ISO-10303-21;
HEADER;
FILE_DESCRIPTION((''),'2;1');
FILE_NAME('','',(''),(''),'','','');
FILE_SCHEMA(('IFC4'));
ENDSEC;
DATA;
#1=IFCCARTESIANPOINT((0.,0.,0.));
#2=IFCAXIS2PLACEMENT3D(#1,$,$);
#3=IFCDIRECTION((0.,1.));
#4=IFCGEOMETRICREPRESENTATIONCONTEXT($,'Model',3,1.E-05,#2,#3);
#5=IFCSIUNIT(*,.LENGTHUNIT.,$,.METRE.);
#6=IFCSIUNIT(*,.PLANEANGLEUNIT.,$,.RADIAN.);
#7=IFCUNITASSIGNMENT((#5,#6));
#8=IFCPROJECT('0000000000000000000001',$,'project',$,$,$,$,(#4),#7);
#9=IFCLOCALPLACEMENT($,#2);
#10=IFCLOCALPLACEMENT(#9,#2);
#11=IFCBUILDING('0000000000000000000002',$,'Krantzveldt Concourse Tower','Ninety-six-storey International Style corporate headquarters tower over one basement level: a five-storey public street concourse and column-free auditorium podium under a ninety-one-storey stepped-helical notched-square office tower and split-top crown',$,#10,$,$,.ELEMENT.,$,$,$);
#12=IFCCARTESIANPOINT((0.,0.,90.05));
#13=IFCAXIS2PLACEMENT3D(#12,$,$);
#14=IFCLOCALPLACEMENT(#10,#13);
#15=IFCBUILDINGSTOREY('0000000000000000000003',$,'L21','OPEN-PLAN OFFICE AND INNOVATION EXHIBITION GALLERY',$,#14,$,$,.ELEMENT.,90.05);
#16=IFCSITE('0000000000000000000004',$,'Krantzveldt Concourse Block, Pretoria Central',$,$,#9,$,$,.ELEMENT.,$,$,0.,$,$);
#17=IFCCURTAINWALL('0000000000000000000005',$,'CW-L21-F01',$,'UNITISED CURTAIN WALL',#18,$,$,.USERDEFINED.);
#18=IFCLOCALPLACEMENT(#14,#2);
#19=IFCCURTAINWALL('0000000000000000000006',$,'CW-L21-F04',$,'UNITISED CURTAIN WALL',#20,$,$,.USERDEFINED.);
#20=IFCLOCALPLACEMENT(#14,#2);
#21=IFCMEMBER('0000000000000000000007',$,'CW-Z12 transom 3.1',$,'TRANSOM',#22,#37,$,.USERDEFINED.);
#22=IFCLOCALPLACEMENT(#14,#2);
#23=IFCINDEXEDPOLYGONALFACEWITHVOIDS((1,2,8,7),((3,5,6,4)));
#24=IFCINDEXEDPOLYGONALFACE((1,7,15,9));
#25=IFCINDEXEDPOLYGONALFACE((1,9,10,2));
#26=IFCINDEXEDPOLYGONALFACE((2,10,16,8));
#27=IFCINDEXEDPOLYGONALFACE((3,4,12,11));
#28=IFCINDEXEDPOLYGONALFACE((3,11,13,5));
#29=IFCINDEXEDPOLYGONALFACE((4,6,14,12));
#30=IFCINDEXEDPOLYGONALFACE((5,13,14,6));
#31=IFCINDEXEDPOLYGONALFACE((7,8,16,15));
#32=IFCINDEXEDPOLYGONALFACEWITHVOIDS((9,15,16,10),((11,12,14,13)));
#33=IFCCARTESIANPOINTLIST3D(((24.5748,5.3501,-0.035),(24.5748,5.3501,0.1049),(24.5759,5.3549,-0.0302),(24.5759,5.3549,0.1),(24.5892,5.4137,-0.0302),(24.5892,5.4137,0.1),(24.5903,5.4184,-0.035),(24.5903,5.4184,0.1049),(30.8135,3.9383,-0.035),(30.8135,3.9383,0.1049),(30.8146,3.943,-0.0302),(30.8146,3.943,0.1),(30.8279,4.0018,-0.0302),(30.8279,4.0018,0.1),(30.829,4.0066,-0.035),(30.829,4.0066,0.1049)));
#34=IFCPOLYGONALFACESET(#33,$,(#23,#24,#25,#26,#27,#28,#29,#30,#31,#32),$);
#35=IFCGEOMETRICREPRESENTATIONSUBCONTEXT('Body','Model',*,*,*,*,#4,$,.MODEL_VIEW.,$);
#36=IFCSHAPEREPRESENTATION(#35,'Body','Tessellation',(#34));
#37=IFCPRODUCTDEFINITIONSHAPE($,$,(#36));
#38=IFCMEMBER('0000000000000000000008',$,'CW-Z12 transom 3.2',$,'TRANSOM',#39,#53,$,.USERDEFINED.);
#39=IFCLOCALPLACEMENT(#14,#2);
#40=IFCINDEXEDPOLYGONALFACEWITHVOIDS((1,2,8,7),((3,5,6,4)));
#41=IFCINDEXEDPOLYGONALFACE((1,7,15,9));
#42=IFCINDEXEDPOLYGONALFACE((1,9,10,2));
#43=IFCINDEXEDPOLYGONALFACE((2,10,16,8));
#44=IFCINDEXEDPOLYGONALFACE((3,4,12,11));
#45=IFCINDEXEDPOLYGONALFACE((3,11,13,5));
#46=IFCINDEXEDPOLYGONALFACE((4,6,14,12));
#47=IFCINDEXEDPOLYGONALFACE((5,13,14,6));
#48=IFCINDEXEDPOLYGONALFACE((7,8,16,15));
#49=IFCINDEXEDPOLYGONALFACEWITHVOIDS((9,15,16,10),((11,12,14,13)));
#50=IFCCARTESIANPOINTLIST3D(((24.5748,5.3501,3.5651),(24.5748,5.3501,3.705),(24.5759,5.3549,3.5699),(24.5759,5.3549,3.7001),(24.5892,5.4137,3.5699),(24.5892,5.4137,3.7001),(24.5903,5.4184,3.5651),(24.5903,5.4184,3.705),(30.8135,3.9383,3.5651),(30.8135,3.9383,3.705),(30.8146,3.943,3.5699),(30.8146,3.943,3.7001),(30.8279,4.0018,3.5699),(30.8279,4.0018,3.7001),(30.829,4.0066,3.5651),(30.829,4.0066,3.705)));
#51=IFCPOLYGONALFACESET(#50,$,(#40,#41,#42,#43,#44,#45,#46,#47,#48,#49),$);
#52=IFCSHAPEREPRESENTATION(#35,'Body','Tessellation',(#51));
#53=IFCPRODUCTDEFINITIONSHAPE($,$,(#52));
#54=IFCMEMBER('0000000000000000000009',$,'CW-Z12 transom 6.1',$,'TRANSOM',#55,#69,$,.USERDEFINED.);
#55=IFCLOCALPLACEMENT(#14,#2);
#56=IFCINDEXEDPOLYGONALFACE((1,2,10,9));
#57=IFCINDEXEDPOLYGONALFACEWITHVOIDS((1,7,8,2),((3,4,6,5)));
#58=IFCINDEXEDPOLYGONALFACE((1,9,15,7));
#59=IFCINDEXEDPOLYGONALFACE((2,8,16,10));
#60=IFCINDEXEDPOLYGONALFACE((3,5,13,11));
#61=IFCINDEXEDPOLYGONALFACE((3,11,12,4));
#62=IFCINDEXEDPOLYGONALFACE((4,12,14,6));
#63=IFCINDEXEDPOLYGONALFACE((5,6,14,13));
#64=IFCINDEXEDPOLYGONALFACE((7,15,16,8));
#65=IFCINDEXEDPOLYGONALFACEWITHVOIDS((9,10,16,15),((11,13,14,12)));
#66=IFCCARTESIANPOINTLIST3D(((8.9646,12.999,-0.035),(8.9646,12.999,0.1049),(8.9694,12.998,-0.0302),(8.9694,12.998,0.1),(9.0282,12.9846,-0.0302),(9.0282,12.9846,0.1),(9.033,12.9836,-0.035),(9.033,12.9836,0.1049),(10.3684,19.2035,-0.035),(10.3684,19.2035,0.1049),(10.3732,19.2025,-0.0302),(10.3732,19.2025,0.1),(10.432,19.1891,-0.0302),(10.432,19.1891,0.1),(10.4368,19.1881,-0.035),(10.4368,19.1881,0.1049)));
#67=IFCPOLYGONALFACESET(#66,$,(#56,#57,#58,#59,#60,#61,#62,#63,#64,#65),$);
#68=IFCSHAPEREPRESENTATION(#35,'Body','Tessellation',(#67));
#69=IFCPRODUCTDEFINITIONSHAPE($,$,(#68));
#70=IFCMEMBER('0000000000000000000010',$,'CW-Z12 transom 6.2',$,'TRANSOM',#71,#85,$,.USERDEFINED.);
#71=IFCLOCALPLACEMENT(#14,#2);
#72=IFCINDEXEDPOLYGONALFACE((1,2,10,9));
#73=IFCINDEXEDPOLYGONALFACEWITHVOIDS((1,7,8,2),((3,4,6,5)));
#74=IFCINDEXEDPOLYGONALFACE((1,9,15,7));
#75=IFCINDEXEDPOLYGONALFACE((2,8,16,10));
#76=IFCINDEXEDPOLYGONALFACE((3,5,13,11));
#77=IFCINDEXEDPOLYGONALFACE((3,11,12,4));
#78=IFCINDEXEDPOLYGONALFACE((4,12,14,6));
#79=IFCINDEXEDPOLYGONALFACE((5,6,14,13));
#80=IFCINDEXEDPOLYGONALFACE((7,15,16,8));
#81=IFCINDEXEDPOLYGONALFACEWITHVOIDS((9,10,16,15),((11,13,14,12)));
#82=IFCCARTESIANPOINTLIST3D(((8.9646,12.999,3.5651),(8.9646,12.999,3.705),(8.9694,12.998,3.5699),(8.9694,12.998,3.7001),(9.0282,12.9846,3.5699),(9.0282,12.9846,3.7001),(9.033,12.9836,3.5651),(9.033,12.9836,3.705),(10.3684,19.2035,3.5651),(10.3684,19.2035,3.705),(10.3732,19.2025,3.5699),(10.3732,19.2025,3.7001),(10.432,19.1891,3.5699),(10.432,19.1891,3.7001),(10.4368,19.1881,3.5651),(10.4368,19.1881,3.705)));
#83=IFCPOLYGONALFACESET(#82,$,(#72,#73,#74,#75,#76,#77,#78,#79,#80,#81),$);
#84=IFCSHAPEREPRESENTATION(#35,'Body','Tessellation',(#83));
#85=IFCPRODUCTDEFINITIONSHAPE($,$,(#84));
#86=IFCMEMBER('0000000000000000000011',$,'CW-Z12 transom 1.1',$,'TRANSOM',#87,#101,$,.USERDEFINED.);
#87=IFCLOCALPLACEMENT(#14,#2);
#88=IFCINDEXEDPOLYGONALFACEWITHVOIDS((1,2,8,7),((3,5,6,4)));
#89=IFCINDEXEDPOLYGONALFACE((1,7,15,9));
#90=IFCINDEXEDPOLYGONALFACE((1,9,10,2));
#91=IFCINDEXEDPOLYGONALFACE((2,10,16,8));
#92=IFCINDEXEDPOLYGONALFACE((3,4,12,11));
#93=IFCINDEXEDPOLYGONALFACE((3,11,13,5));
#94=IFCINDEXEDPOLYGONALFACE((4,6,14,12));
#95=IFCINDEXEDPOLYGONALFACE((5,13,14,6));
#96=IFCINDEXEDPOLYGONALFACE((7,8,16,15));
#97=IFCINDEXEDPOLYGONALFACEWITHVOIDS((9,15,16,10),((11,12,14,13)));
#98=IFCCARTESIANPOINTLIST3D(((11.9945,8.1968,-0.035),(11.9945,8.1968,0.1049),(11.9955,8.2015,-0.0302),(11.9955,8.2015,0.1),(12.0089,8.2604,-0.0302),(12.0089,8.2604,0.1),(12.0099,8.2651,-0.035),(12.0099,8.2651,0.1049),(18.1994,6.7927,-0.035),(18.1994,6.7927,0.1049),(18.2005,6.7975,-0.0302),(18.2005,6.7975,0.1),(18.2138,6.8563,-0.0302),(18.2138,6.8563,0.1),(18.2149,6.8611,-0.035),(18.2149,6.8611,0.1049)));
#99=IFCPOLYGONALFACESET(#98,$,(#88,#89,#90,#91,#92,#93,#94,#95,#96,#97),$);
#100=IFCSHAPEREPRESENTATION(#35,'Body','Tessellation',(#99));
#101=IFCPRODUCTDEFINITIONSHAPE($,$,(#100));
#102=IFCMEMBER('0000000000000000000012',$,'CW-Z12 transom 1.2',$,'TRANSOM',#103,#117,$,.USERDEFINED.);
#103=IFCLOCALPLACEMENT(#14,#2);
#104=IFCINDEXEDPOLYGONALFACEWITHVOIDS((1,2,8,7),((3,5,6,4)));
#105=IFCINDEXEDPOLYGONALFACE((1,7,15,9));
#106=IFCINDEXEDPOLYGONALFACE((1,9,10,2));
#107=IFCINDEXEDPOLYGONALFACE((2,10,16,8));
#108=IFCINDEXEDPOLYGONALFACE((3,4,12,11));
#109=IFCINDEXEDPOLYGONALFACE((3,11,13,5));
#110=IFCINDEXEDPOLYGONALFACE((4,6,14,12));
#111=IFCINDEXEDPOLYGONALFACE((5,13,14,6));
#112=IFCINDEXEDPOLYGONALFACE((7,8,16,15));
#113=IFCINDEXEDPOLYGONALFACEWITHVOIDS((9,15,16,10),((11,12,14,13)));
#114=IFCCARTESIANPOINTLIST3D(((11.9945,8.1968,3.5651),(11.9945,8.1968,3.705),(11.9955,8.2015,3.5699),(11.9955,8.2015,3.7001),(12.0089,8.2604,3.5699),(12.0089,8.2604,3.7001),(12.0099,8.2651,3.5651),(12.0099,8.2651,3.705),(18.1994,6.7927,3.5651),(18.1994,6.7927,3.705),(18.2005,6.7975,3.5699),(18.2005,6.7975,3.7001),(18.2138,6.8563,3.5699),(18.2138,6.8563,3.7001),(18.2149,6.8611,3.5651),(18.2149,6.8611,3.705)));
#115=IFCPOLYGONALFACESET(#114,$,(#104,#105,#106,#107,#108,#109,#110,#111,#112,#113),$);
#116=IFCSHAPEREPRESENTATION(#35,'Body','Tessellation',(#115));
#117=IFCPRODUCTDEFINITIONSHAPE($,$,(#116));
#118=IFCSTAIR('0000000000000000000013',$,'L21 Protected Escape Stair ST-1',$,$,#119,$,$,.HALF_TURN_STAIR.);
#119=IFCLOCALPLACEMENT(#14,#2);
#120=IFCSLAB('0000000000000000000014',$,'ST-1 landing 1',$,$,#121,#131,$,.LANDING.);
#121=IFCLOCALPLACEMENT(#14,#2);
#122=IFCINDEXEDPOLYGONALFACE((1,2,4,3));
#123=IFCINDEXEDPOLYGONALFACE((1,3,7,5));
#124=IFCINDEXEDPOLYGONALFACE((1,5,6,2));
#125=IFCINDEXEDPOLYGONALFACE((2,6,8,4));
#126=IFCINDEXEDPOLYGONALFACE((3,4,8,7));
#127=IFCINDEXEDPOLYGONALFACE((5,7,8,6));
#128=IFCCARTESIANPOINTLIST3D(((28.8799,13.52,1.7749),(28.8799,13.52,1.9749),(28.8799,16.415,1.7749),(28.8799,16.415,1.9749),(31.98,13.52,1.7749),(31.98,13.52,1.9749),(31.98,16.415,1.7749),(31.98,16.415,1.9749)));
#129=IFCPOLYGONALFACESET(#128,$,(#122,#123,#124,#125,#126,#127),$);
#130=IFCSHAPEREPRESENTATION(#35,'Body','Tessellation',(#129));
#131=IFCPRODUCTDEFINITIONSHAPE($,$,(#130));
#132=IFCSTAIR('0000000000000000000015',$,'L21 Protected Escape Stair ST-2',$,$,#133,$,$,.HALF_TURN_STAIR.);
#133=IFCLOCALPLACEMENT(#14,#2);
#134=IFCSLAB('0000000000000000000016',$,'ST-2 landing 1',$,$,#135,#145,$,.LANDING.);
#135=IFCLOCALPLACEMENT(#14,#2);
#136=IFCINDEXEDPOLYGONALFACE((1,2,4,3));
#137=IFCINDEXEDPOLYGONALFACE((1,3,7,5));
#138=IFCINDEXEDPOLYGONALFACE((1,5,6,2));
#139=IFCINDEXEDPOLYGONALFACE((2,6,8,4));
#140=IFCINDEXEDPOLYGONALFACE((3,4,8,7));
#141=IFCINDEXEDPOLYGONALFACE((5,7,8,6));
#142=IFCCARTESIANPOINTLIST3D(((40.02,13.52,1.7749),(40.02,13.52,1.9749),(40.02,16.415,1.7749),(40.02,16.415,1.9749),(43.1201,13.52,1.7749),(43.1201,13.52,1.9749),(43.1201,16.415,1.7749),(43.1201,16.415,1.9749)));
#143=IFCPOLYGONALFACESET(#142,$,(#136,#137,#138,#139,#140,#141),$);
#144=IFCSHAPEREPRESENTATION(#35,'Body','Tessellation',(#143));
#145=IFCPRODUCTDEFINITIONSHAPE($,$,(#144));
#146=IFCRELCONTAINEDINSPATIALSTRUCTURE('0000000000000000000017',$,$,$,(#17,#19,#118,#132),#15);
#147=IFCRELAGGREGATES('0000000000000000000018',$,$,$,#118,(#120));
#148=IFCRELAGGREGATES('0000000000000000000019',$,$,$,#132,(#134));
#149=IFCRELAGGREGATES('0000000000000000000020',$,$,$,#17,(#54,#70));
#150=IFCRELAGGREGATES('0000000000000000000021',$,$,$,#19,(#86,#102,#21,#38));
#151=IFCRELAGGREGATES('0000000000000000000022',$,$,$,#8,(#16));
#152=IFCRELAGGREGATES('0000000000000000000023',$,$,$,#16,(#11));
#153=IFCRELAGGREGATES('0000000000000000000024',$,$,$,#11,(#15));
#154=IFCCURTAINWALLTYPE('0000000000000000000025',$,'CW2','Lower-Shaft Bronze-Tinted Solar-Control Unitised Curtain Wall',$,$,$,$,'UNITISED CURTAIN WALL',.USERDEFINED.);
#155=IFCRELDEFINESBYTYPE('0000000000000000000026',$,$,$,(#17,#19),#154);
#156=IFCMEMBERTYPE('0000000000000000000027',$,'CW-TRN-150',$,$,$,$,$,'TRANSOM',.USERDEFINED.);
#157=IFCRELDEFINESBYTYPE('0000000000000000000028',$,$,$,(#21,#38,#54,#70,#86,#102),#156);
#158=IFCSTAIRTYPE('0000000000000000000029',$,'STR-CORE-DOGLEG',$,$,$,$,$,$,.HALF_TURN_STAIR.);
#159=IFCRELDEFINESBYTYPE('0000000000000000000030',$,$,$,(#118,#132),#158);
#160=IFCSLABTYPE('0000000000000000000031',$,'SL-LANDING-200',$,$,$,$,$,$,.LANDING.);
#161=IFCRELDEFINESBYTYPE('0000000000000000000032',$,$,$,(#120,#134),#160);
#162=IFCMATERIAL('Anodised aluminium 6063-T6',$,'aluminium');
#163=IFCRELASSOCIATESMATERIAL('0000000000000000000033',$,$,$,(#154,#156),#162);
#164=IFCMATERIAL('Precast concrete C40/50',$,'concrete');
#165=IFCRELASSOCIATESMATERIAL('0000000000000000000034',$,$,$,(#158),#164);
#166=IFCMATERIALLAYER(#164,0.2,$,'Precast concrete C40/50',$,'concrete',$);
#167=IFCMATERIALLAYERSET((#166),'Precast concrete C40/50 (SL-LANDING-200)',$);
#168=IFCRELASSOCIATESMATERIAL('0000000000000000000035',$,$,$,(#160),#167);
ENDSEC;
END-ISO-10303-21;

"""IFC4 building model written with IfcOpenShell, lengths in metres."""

from ifc_helpers import new_model, si_unit, direction, frame, origin, origin_2d, place, context, subcontext, project, spatial, polyline, hollow_rectangle, outline, extrude, source, transform, mapped, material, layer, layer_set, material_profile, profile_set, type_object, element, aggregate, save


model = new_model("IFC4")

# Units and contexts
model_context = context("Model", 3, precision=1e-05, world=origin(), true_north=direction((0.0, 1.0)))
body_context = subcontext(model_context, "Body", "Model", "MODEL_VIEW")
ifc_project = project(units=[si_unit("LENGTHUNIT", "METRE"), si_unit("PLANEANGLEUNIT", "RADIAN")], contexts=[model_context])

# Site, building, storey
site_placement = place(None, origin())
site = spatial("IfcSite", under=ifc_project, at=site_placement, Name="Krantzveldt Concourse Block, Pretoria Central", CompositionType="ELEMENT", RefElevation=0.0)
building_placement = place(site_placement, origin())
building = spatial("IfcBuilding", under=site, at=building_placement, Name="Krantzveldt Concourse Tower", Description="Ninety-six-storey International Style corporate headquarters tower over one basement level: a five-storey public street concourse and column-free auditorium podium under a ninety-one-storey stepped-helical notched-square office tower and split-top crown", CompositionType="ELEMENT")
storey_placement = place(building_placement, frame((0.0, 0.0, 90.05)))
storey = spatial("IfcBuildingStorey", under=building, at=storey_placement, Name="L21", Description="OPEN-PLAN OFFICE AND INNOVATION EXHIBITION GALLERY", CompositionType="ELEMENT", Elevation=90.05)

# Curtain walls, members
ifc_material_1 = material(Name="Anodised aluminium 6063-T6", Category="aluminium")
curtain_wall_type = type_object("IfcCurtainWallType", Name="CW2", Description="Lower-Shaft Bronze-Tinted Solar-Control Unitised Curtain Wall", ElementType="UNITISED CURTAIN WALL", PredefinedType="USERDEFINED", material=ifc_material_1)
curtain_wall_1_placement = place(storey_placement, origin())
curtain_wall_1 = element("IfcCurtainWall", 1, at=curtain_wall_1_placement, inside=storey, type_object=curtain_wall_type, Name="CW-L21-F01", ObjectType="UNITISED CURTAIN WALL", PredefinedType="USERDEFINED")
curtain_wall_2_placement = place(storey_placement, origin())
curtain_wall_2 = element("IfcCurtainWall", 2, at=curtain_wall_2_placement, inside=storey, type_object=curtain_wall_type, Name="CW-L21-F04", ObjectType="UNITISED CURTAIN WALL", PredefinedType="USERDEFINED")
ifc_material_profile_1 = material_profile(ifc_material_1, hollow_rectangle(XDim=0.0701, YDim=0.1399, WallThickness=0.0049, at=origin_2d()), Name="Anodised aluminium 6063-T6", Category="aluminium")
ifc_profile_set_1 = profile_set([ifc_material_profile_1], Name="Anodised aluminium 6063-T6 - ALU-TRAN 140x70x5")
member_type_1 = type_object("IfcMemberType", Name="CW-TRN-150", ElementType="TRANSOM", PredefinedType="USERDEFINED", material=ifc_profile_set_1)
shared_shape_1 = source(origin(), body_context, "Body", "SweptSolid", [
    extrude(hollow_rectangle(XDim=0.0701, YDim=0.1399, WallThickness=0.0049, at=origin_2d()), origin(), (0.0, 0.0, 1.0), 6.3965),
])
member_1_placement = place(storey_placement, frame((24.5825, 5.3843, 0.0349), z_axis=(0.975336, -0.220724, 0.0), x_axis=(0.220724, 0.975336, 0.0)))
member_1 = element("IfcMember", 3, at=member_1_placement, type_object=member_type_1, Name="CW-Z12 transom 3.1", ObjectType="TRANSOM", PredefinedType="USERDEFINED", context=body_context, shape_type="MappedRepresentation", body=[
    mapped(shared_shape_1, transform((0.0, 0.0, 0.0), x_axis=(1.0, 0.0, 0.0), y_axis=(0.0, 1.0, 0.0), z_axis=(0.0, 0.0, 1.0), scale=1.0)),
])
member_2_placement = place(storey_placement, frame((24.5825, 5.3843, 3.635), z_axis=(0.975336, -0.220724, 0.0), x_axis=(0.220724, 0.975336, 0.0)))
member_2 = element("IfcMember", 4, at=member_2_placement, type_object=member_type_1, Name="CW-Z12 transom 3.2", ObjectType="TRANSOM", PredefinedType="USERDEFINED", context=body_context, shape_type="MappedRepresentation", body=[
    mapped(shared_shape_1, transform((0.0, 0.0, 0.0), x_axis=(1.0, 0.0, 0.0), y_axis=(0.0, 1.0, 0.0), z_axis=(0.0, 0.0, 1.0), scale=1.0)),
])

# Members
shared_shape_2 = source(origin(), body_context, "Body", "SweptSolid", [
    extrude(hollow_rectangle(XDim=0.0701, YDim=0.1399, WallThickness=0.0049, at=origin_2d()), origin(), (0.0, 0.0, 1.0), 6.3613),
])
member_3_placement = place(storey_placement, frame((10.4026, 19.1958, 0.0349), z_axis=(-0.220675, -0.975347, 0.0), x_axis=(0.975347, -0.220675, 0.0)))
member_3 = element("IfcMember", 5, at=member_3_placement, type_object=member_type_1, Name="CW-Z12 transom 6.1", ObjectType="TRANSOM", PredefinedType="USERDEFINED", context=body_context, shape_type="MappedRepresentation", body=[
    mapped(shared_shape_2, transform((0.0, 0.0, 0.0), x_axis=(1.0, 0.0, 0.0), y_axis=(0.0, 1.0, 0.0), z_axis=(0.0, 0.0, 1.0), scale=1.0)),
])
member_4_placement = place(storey_placement, frame((10.4026, 19.1958, 3.635), z_axis=(-0.220675, -0.975347, 0.0), x_axis=(0.975347, -0.220675, 0.0)))
member_4 = element("IfcMember", 6, at=member_4_placement, type_object=member_type_1, Name="CW-Z12 transom 6.2", ObjectType="TRANSOM", PredefinedType="USERDEFINED", context=body_context, shape_type="MappedRepresentation", body=[
    mapped(shared_shape_2, transform((0.0, 0.0, 0.0), x_axis=(1.0, 0.0, 0.0), y_axis=(0.0, 1.0, 0.0), z_axis=(0.0, 0.0, 1.0), scale=1.0)),
])
shared_shape_3 = source(origin(), body_context, "Body", "SweptSolid", [
    extrude(hollow_rectangle(XDim=0.0701, YDim=0.1399, WallThickness=0.0049, at=origin_2d()), origin(), (0.0, 0.0, 1.0), 6.3618),
])
member_5_placement = place(storey_placement, frame((12.0022, 8.231, 0.0349), z_axis=(0.975341, -0.220704, 0.0), x_axis=(0.220704, 0.975341, 0.0)))
member_5 = element("IfcMember", 7, at=member_5_placement, type_object=member_type_1, Name="CW-Z12 transom 1.1", ObjectType="TRANSOM", PredefinedType="USERDEFINED", context=body_context, shape_type="MappedRepresentation", body=[
    mapped(shared_shape_3, transform((0.0, 0.0, 0.0), x_axis=(1.0, 0.0, 0.0), y_axis=(0.0, 1.0, 0.0), z_axis=(0.0, 0.0, 1.0), scale=1.0)),
])
member_6_placement = place(storey_placement, frame((12.0022, 8.231, 3.635), z_axis=(0.975341, -0.220704, 0.0), x_axis=(0.220704, 0.975341, 0.0)))
member_6 = element("IfcMember", 8, at=member_6_placement, type_object=member_type_1, Name="CW-Z12 transom 1.2", ObjectType="TRANSOM", PredefinedType="USERDEFINED", context=body_context, shape_type="MappedRepresentation", body=[
    mapped(shared_shape_3, transform((0.0, 0.0, 0.0), x_axis=(1.0, 0.0, 0.0), y_axis=(0.0, 1.0, 0.0), z_axis=(0.0, 0.0, 1.0), scale=1.0)),
])

# Stairs, slabs
ifc_material_2 = material(Name="Precast concrete C40/50", Category="concrete")
stair_type = type_object("IfcStairType", Name="STR-CORE-DOGLEG", PredefinedType="HALF_TURN_STAIR", material=ifc_material_2)
stair_1_placement = place(storey_placement, origin())
stair_1 = element("IfcStair", 9, at=stair_1_placement, inside=storey, type_object=stair_type, Name="L21 Protected Escape Stair ST-1", PredefinedType="HALF_TURN_STAIR")
ifc_layer_1 = layer(ifc_material_2, 0.2, Name="Precast concrete C40/50", Category="concrete")
ifc_layer_set_1 = layer_set([ifc_layer_1], Name="Precast concrete C40/50 (SL-LANDING-200)")
slab_type_1 = type_object("IfcSlabType", Name="SL-LANDING-200", PredefinedType="LANDING", material=ifc_layer_set_1)
slab_1_placement = place(storey_placement, frame((0.0, 0.0, 1.7749)))
slab_1 = element("IfcSlab", 10, at=slab_1_placement, type_object=slab_type_1, Name="ST-1 landing 1", PredefinedType="LANDING", context=body_context, shape_type="SweptSolid", body=[
    extrude(outline(polyline([(28.8799, 16.415), (28.8799, 13.52), (31.98, 13.52), (31.98, 16.415), (28.8799, 16.415)])), origin(), (0.0, 0.0, 1.0), 0.2),
])
aggregate(stair_1, [slab_1])
stair_2_placement = place(storey_placement, origin())
stair_2 = element("IfcStair", 11, at=stair_2_placement, inside=storey, type_object=stair_type, Name="L21 Protected Escape Stair ST-2", PredefinedType="HALF_TURN_STAIR")
slab_2_placement = place(storey_placement, frame((0.0, 0.0, 1.7749)))
slab_2 = element("IfcSlab", 12, at=slab_2_placement, type_object=slab_type_1, Name="ST-2 landing 1", PredefinedType="LANDING", context=body_context, shape_type="SweptSolid", body=[
    extrude(outline(polyline([(40.02, 16.415), (40.02, 13.52), (43.1201, 13.52), (43.1201, 16.415), (40.02, 16.415)])), origin(), (0.0, 0.0, 1.0), 0.2),
])
aggregate(stair_2, [slab_2])

aggregate(curtain_wall_1, [member_3, member_4])
aggregate(curtain_wall_2, [member_5, member_6, member_1, member_2])

save(model, "model.ifc")
